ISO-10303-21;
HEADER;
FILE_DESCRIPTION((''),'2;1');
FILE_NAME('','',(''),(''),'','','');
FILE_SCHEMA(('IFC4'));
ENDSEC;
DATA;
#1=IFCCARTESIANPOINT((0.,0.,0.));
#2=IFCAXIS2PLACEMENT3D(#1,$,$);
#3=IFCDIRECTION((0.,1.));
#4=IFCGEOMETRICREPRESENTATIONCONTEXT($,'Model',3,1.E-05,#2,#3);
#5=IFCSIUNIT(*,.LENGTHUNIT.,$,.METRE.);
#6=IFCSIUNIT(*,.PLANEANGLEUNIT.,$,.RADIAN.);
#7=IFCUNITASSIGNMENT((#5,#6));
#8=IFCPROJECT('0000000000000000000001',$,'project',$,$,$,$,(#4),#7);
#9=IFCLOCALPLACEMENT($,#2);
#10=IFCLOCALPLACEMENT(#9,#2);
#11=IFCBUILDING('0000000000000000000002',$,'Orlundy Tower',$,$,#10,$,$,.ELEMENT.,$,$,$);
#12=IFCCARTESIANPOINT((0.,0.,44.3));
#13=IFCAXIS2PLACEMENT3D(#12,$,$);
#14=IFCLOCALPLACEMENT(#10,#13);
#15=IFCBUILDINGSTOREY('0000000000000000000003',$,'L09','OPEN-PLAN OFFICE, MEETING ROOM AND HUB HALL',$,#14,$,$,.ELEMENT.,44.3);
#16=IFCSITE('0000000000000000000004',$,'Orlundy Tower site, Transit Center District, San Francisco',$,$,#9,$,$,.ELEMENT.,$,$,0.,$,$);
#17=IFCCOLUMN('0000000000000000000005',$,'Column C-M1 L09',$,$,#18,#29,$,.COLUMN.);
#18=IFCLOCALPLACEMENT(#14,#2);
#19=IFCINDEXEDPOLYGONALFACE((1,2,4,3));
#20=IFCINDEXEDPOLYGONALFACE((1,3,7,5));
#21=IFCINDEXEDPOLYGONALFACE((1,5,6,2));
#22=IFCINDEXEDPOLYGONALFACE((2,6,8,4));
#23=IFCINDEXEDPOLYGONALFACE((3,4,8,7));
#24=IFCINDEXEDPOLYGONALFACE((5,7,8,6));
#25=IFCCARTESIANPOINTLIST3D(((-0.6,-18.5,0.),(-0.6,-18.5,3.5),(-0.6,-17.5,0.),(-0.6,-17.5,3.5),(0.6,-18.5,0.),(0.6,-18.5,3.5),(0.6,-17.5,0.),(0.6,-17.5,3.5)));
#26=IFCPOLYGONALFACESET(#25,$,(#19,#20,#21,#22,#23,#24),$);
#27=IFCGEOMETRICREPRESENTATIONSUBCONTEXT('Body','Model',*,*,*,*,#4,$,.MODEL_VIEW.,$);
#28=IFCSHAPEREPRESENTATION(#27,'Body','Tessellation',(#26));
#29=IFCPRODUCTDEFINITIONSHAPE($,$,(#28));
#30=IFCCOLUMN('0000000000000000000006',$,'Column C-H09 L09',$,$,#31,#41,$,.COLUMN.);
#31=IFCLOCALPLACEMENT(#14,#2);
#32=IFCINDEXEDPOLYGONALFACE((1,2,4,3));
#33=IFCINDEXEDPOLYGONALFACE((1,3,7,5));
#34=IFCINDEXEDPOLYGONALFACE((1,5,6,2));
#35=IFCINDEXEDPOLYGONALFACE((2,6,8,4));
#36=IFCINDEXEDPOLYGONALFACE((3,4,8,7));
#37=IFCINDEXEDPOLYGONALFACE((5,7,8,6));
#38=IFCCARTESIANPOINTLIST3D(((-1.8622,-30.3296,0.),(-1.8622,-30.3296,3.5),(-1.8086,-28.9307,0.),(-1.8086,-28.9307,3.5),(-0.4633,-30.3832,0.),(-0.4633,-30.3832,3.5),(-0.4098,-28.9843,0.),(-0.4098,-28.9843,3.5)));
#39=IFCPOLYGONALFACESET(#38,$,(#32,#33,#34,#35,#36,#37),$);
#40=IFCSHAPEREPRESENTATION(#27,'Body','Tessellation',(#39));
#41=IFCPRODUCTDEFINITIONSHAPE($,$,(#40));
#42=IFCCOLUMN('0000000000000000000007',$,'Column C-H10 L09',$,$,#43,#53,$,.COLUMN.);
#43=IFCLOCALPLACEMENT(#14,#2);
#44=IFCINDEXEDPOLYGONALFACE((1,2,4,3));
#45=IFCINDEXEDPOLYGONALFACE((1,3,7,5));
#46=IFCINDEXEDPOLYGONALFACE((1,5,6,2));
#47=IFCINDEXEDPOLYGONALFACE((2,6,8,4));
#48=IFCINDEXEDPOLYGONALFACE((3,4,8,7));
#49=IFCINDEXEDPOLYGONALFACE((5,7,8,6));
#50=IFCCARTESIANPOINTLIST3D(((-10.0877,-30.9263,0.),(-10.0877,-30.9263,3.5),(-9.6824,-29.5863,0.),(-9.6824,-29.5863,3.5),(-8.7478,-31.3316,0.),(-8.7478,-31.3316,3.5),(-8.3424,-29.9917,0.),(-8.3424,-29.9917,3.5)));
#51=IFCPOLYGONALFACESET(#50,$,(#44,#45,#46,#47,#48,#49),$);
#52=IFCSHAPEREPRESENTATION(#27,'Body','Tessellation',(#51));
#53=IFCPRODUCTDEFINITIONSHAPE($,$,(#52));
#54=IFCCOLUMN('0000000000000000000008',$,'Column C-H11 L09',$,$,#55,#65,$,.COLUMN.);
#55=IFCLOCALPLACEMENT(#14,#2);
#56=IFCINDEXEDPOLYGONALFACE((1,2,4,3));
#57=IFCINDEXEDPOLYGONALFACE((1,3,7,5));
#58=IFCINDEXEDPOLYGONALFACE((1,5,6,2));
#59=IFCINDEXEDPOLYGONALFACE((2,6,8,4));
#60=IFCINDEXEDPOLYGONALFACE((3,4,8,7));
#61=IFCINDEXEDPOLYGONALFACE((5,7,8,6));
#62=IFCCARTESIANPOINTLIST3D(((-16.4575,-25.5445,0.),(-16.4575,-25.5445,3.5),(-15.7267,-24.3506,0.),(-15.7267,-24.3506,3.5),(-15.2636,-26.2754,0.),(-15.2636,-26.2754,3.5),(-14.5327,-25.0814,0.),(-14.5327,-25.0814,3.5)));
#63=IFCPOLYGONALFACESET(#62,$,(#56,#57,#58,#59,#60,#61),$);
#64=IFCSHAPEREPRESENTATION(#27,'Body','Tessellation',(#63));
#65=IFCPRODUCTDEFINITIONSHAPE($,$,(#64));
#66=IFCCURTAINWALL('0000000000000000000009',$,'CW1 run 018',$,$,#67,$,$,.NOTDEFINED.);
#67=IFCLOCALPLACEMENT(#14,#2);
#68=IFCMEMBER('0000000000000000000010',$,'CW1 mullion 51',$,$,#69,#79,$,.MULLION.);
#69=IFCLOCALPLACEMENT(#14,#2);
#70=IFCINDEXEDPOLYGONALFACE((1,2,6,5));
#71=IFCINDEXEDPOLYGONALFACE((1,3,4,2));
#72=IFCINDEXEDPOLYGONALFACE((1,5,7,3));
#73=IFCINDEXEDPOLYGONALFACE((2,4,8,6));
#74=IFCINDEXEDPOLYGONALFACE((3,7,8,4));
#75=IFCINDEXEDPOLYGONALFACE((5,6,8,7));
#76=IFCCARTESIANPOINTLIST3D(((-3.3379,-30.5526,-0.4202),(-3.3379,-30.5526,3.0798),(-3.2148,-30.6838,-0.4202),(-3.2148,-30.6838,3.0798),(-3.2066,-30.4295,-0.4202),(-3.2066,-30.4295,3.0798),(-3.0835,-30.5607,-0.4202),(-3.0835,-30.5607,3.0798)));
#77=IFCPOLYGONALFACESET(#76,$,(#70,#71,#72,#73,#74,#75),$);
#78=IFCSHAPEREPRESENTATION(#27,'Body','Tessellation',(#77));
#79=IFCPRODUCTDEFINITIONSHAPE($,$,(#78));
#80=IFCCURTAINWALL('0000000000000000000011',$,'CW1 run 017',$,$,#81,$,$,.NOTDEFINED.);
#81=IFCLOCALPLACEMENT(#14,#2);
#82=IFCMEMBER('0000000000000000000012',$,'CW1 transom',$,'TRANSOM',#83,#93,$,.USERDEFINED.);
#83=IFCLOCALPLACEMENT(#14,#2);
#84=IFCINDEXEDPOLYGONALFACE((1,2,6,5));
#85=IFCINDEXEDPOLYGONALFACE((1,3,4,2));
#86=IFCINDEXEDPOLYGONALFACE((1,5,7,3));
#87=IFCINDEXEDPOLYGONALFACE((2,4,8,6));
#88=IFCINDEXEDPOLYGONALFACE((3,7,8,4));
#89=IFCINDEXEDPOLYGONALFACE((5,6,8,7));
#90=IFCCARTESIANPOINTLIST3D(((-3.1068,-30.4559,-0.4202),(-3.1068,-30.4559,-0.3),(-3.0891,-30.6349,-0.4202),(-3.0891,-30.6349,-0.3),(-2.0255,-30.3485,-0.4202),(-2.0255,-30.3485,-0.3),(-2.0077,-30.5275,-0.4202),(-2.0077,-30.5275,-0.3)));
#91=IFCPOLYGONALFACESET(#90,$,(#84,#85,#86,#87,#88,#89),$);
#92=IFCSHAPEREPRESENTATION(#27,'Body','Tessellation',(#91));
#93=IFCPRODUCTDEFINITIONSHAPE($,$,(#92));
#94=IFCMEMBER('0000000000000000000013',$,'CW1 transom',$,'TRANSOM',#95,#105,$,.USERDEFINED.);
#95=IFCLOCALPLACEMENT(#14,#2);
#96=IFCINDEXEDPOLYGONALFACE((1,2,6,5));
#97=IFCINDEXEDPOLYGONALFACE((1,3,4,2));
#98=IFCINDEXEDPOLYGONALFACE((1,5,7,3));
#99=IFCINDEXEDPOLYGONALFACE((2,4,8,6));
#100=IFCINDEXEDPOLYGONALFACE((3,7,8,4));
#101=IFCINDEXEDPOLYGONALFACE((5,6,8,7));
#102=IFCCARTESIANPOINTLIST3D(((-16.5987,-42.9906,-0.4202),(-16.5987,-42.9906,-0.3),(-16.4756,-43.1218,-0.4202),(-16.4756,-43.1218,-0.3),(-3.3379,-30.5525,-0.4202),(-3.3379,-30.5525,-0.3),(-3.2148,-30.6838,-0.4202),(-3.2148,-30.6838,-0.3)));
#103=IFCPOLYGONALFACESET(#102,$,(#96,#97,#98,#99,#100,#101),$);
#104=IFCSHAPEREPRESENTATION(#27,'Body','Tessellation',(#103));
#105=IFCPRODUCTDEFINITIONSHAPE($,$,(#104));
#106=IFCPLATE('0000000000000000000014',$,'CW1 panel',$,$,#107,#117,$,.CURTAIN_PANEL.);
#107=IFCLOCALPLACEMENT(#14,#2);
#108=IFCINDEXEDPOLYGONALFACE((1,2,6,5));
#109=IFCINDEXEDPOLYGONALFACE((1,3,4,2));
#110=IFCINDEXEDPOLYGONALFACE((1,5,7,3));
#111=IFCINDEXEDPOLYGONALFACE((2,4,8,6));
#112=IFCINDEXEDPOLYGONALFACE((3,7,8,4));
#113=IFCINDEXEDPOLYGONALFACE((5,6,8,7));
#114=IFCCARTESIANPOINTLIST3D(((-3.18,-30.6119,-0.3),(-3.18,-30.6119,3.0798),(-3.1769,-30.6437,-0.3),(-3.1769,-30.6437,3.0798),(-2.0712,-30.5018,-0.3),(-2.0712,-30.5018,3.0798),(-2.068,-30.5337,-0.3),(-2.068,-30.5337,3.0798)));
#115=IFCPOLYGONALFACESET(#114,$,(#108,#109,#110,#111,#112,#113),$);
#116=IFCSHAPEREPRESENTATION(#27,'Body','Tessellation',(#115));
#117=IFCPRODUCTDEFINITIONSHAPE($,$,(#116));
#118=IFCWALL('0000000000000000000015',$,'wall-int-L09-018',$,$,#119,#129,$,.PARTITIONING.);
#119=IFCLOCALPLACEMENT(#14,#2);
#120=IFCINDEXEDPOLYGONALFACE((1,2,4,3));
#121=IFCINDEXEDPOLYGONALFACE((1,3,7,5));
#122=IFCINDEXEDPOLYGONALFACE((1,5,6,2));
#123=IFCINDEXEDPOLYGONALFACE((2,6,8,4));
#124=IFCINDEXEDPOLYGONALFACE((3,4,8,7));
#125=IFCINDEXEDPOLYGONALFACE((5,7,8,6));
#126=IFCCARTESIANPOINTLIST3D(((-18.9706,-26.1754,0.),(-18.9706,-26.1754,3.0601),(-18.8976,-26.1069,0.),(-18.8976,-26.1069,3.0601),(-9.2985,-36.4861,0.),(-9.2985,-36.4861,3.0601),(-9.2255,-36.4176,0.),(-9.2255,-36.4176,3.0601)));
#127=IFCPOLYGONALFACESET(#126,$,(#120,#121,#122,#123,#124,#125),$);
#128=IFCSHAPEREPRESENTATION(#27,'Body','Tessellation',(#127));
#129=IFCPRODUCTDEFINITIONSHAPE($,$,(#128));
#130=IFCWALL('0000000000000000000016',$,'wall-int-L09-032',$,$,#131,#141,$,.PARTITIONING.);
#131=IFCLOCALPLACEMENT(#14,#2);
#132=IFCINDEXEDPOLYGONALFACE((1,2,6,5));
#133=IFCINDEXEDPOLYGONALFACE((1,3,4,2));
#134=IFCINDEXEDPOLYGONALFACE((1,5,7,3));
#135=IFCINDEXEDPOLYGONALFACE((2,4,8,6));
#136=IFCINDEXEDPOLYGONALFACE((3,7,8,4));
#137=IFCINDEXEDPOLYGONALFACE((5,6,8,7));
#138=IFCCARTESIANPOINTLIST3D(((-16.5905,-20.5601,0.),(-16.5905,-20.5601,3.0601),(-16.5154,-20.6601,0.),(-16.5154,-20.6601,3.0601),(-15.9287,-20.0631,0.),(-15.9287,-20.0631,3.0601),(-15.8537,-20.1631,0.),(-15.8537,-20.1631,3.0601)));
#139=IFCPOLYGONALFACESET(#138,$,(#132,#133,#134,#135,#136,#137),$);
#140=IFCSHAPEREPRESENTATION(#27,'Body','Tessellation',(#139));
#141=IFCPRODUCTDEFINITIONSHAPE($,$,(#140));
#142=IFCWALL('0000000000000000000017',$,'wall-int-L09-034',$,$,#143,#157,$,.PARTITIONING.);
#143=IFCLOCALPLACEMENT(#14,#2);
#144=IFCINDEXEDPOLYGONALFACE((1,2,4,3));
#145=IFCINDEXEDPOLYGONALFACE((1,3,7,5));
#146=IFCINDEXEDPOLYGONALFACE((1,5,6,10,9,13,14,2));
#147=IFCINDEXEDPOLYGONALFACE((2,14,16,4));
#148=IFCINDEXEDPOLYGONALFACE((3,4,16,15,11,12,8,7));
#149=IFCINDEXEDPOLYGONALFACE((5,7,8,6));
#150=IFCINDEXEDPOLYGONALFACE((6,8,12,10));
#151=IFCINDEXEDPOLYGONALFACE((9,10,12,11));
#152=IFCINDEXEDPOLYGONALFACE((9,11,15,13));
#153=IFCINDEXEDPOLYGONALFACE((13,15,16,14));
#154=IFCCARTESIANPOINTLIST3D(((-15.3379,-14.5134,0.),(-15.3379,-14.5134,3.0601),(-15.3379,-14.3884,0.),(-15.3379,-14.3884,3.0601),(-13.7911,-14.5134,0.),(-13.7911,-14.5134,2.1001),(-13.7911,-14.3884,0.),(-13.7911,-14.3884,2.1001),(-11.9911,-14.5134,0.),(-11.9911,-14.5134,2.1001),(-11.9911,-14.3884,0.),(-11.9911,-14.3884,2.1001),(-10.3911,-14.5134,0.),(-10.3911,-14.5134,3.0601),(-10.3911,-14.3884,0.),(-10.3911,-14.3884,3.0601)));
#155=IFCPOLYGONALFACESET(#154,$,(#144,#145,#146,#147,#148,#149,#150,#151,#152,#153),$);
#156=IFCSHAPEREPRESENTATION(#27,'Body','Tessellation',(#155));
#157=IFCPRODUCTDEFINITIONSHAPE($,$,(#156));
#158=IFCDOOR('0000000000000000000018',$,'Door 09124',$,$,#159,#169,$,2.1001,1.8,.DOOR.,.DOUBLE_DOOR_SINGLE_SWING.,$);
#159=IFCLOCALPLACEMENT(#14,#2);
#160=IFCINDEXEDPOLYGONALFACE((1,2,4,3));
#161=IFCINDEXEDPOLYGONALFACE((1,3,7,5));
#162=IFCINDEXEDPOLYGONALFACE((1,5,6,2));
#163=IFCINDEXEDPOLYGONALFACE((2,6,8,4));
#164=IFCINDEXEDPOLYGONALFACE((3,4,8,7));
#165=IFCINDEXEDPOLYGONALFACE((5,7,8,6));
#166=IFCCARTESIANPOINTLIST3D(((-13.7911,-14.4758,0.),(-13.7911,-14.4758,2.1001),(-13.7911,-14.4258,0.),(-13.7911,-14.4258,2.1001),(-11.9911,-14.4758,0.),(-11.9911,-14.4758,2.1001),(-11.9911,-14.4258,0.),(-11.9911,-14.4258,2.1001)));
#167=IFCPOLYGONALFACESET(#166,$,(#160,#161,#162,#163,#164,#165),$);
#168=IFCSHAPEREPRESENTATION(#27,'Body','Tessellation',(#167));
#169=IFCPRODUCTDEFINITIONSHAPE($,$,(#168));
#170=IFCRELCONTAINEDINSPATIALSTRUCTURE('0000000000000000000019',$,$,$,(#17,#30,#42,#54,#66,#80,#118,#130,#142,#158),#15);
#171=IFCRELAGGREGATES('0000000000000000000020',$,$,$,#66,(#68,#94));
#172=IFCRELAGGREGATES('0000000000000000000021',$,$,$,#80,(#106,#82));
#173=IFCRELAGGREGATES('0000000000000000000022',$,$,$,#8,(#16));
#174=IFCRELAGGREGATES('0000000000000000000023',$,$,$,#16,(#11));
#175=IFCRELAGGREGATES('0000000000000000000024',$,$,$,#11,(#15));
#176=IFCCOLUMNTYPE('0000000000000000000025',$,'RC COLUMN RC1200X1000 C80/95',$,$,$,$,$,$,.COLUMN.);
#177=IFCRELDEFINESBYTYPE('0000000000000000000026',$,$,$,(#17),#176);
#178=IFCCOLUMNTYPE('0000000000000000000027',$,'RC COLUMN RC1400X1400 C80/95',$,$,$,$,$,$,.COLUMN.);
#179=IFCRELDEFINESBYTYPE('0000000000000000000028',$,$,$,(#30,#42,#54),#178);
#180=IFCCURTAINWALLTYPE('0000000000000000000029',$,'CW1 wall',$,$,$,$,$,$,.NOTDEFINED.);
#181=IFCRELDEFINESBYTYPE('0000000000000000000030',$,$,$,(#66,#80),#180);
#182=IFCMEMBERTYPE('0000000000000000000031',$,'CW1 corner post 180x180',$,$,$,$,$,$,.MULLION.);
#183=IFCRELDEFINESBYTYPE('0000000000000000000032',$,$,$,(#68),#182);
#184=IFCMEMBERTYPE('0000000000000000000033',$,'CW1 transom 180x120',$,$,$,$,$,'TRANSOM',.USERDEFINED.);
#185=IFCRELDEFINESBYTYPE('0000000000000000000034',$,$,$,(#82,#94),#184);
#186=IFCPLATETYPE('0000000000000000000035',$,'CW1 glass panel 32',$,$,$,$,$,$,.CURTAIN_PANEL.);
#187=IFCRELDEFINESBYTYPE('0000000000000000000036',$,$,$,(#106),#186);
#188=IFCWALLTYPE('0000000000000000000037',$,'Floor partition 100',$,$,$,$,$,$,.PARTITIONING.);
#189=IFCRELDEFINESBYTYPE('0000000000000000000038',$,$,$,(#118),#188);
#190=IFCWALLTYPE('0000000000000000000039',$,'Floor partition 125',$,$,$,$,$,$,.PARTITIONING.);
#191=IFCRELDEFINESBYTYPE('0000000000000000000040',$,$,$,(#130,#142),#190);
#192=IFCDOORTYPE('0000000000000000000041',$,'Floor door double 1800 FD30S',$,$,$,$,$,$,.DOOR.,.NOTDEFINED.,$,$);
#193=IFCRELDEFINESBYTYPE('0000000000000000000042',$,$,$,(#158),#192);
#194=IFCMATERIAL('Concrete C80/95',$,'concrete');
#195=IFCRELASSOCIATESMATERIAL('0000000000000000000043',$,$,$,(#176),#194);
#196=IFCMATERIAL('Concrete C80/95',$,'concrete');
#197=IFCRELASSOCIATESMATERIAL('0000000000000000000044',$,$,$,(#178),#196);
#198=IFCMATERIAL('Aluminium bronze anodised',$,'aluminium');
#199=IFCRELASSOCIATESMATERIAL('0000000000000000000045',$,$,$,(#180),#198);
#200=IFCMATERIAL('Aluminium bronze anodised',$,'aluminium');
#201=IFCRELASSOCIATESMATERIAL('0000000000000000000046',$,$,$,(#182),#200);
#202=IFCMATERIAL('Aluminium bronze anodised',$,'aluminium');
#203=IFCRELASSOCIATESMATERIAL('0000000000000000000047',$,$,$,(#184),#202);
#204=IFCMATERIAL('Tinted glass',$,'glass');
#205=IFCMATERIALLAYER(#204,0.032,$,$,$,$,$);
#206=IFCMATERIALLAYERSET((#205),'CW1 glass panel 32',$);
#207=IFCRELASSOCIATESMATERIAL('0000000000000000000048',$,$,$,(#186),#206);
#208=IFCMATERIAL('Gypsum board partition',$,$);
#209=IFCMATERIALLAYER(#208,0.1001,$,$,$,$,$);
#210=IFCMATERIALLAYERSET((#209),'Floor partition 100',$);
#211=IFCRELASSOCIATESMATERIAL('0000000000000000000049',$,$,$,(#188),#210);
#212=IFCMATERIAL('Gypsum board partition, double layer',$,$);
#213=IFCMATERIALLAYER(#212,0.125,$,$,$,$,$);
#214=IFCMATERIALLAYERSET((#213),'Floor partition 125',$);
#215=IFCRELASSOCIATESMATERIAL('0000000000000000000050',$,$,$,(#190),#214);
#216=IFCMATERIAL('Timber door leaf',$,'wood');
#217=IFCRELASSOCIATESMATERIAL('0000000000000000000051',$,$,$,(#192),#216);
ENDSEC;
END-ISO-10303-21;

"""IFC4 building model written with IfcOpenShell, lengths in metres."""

from ifc_helpers import new_model, si_unit, direction, frame, frame_2d, origin, origin_2d, place, context, subcontext, project, spatial, rectangle, extrude, material, layer, layer_set, material_profile, profile_set, type_object, element, fill, aggregate, save


model = new_model("IFC4")

# Units and contexts
model_context = context("Model", 3, precision=1e-05, world=origin(), true_north=direction((0.0, 1.0)))
body_context = subcontext(model_context, "Body", "Model", "MODEL_VIEW")
ifc_project = project(units=[si_unit("LENGTHUNIT", "METRE"), si_unit("PLANEANGLEUNIT", "RADIAN")], contexts=[model_context])

# Site, building, storey
site_placement = place(None, origin())
site = spatial("IfcSite", under=ifc_project, at=site_placement, Name="Orlundy Tower site, Transit Center District, San Francisco", CompositionType="ELEMENT", RefElevation=0.0)
building_placement = place(site_placement, origin())
building = spatial("IfcBuilding", under=site, at=building_placement, Name="Orlundy Tower", CompositionType="ELEMENT")
storey_placement = place(building_placement, frame((0.0, 0.0, 44.3)))
storey = spatial("IfcBuildingStorey", under=building, at=storey_placement, Name="L09", Description="OPEN-PLAN OFFICE, MEETING ROOM AND HUB HALL", CompositionType="ELEMENT", Elevation=44.3)

# Columns
ifc_material_1 = material(Name="Concrete C80/95", Category="concrete")
ifc_material_profile_1 = material_profile(ifc_material_1, rectangle(XDim=1.2, YDim=1.0, at=origin_2d()), Name="RC1200X1000")
ifc_profile_set_1 = profile_set([ifc_material_profile_1], Name="Concrete C80/95")
column_type_1 = type_object("IfcColumnType", Name="RC COLUMN RC1200X1000 C80/95", PredefinedType="COLUMN", material=ifc_profile_set_1)
column_placement = place(storey_placement, frame((0.0, -18.0, 0.0), z_axis=(0.0, 0.0, 1.0), x_axis=(1.0, 0.0, 0.0)))
element("IfcColumn", 1, at=column_placement, inside=storey, type_object=column_type_1, Name="Column C-M1 L09", PredefinedType="COLUMN", context=body_context, shape_type="SweptSolid", body=[
    extrude(rectangle(XDim=1.2, YDim=1.0, at=origin_2d()), origin(), (0.0, 0.0, 1.0), 3.5),
])
ifc_material_2 = material(Name="Concrete C80/95", Category="concrete")
ifc_material_profile_2 = material_profile(ifc_material_2, rectangle(XDim=1.3999, YDim=1.3999, at=origin_2d()), Name="RC1400X1400")
ifc_profile_set_2 = profile_set([ifc_material_profile_2], Name="Concrete C80/95")
column_type_2 = type_object("IfcColumnType", Name="RC COLUMN RC1400X1400 C80/95", PredefinedType="COLUMN", material=ifc_profile_set_2)
for number, where, z_axis, x_axis, name in (
    (2, (-1.136, -29.657, 0.0), (0.0, 0.0, 1.0), (-0.038283, -0.999267, 0.0), "Column C-H09 L09"),
    (3, (-9.2151, -30.459, 0.0), (0.0, 0.0, 1.0), (-0.289583, -0.957153, 0.0), "Column C-H10 L09"),
    (4, (-15.4951, -25.313, 0.0), (0.0, 0.0, 1.0), (-0.522082, -0.852895, 0.0), "Column C-H11 L09"),
):
    element("IfcColumn", number, at=place(storey_placement, frame(where, z_axis=z_axis, x_axis=x_axis)), inside=storey, type_object=column_type_2, Name=name, PredefinedType="COLUMN", context=body_context, shape_type="SweptSolid", body=[
        extrude(rectangle(XDim=1.3999, YDim=1.3999, at=origin_2d()), origin(), (0.0, 0.0, 1.0), 3.5),
    ])

# Curtain walls, members
ifc_material_3 = material(Name="Aluminium bronze anodised", Category="aluminium")
curtain_wall_type = type_object("IfcCurtainWallType", Name="CW1 wall", PredefinedType="NOTDEFINED", material=ifc_material_3)
curtain_wall_1_placement = place(storey_placement, origin())
curtain_wall_1 = element("IfcCurtainWall", 5, at=curtain_wall_1_placement, inside=storey, type_object=curtain_wall_type, Name="CW1 run 018", PredefinedType="NOTDEFINED")
ifc_material_4 = material(Name="Aluminium bronze anodised", Category="aluminium")
ifc_material_profile_3 = material_profile(ifc_material_4, rectangle(XDim=0.1799, YDim=0.1799, at=origin_2d()), Name="CW1 corner post 180x180")
ifc_profile_set_3 = profile_set([ifc_material_profile_3], Name="Aluminium bronze anodised")
member_type_1 = type_object("IfcMemberType", Name="CW1 corner post 180x180", PredefinedType="MULLION", material=ifc_profile_set_3)
member_1_placement = place(storey_placement, frame((-3.2107, -30.5566, -0.4202), z_axis=(0.0, 0.0, 1.0), x_axis=(0.684124, -0.729365, 0.0)))
member_1 = element("IfcMember", 6, at=member_1_placement, type_object=member_type_1, Name="CW1 mullion 51", PredefinedType="MULLION", context=body_context, shape_type="SweptSolid", body=[
    extrude(rectangle(XDim=0.1799, YDim=0.1799, at=origin_2d()), origin(), (0.0, 0.0, 1.0), 3.5),
])
curtain_wall_2_placement = place(storey_placement, origin())
curtain_wall_2 = element("IfcCurtainWall", 7, at=curtain_wall_2_placement, inside=storey, type_object=curtain_wall_type, Name="CW1 run 017", PredefinedType="NOTDEFINED")
ifc_material_5 = material(Name="Aluminium bronze anodised", Category="aluminium")
ifc_material_profile_4 = material_profile(ifc_material_5, rectangle(XDim=0.1799, YDim=0.1201, at=origin_2d()), Name="CW1 transom 180x120")
ifc_profile_set_4 = profile_set([ifc_material_profile_4], Name="Aluminium bronze anodised")
member_type_2 = type_object("IfcMemberType", Name="CW1 transom 180x120", ElementType="TRANSOM", PredefinedType="USERDEFINED", material=ifc_profile_set_4)
member_2_placement = place(storey_placement, frame((-2.0166, -30.438, -0.3601), z_axis=(-0.995101, -0.098859, 0.0), x_axis=(0.098859, -0.995101, 0.0)))
member_2 = element("IfcMember", 8, at=member_2_placement, type_object=member_type_2, Name="CW1 transom", ObjectType="TRANSOM", PredefinedType="USERDEFINED", context=body_context, shape_type="SweptSolid", body=[
    extrude(rectangle(XDim=0.1799, YDim=0.1201, at=origin_2d()), origin(), (0.0, 0.0, 1.0), 1.0867),
])

# Member
member_3_placement = place(storey_placement, frame((-3.2764, -30.6182, -0.3601), z_axis=(-0.729371, -0.684118, 0.0), x_axis=(0.684118, -0.729371, 0.0)))
member_3 = element("IfcMember", 9, at=member_3_placement, type_object=member_type_2, Name="CW1 transom", ObjectType="TRANSOM", PredefinedType="USERDEFINED", context=body_context, shape_type="SweptSolid", body=[
    extrude(rectangle(XDim=0.1799, YDim=0.1201, at=origin_2d()), origin(), (0.0, 0.0, 1.0), 18.1812),
])
aggregate(curtain_wall_1, [member_1, member_3])

# Plate
ifc_material_6 = material(Name="Tinted glass", Category="glass")
ifc_layer_1 = layer(ifc_material_6, 0.032)
ifc_layer_set_1 = layer_set([ifc_layer_1], Name="CW1 glass panel 32")
plate_type = type_object("IfcPlateType", Name="CW1 glass panel 32", PredefinedType="CURTAIN_PANEL", material=ifc_layer_set_1)
plate_placement = place(storey_placement, frame((-2.624, -30.5728, -0.3), z_axis=(0.0, 0.0, 1.0), x_axis=(-0.995112, -0.09875, 0.0)))
plate = element("IfcPlate", 10, at=plate_placement, type_object=plate_type, Name="CW1 panel", PredefinedType="CURTAIN_PANEL", context=body_context, shape_type="SweptSolid", body=[
    extrude(rectangle(XDim=1.1143, YDim=0.032, at=origin_2d()), origin(), (0.0, 0.0, 1.0), 3.3799),
])
aggregate(curtain_wall_2, [plate, member_2])

# Walls
ifc_material_7 = material(Name="Gypsum board partition")
ifc_layer_2 = layer(ifc_material_7, 0.1001)
ifc_layer_set_2 = layer_set([ifc_layer_2], Name="Floor partition 100")
wall_type_1 = type_object("IfcWallType", Name="Floor partition 100", PredefinedType="PARTITIONING", material=ifc_layer_set_2)
wall_1_placement = place(storey_placement, frame((-18.9341, -26.1411, 0.0), z_axis=(0.0, 0.0, 1.0), x_axis=(0.684158, -0.729334, 0.0)))
element("IfcWall", 11, at=wall_1_placement, inside=storey, type_object=wall_type_1, Name="wall-int-L09-018", PredefinedType="PARTITIONING", context=body_context, shape_type="SweptSolid", body=[
    extrude(rectangle(XDim=14.1372, YDim=0.1001, at=frame_2d((7.0686, 0.0))), origin(), (0.0, 0.0, 1.0), 3.0601),
])
ifc_material_8 = material(Name="Gypsum board partition, double layer")
ifc_layer_3 = layer(ifc_material_8, 0.125)
ifc_layer_set_3 = layer_set([ifc_layer_3], Name="Floor partition 125")
wall_type_2 = type_object("IfcWallType", Name="Floor partition 125", PredefinedType="PARTITIONING", material=ifc_layer_set_3)
wall_2_placement = place(storey_placement, frame((-16.553, -20.6101, 0.0), z_axis=(0.0, 0.0, 1.0), x_axis=(0.79961, 0.600519, 0.0)))
element("IfcWall", 12, at=wall_2_placement, inside=storey, type_object=wall_type_2, Name="wall-int-L09-032", PredefinedType="PARTITIONING", context=body_context, shape_type="SweptSolid", body=[
    extrude(rectangle(XDim=0.8276, YDim=0.125, at=frame_2d((0.4138, 0.0))), origin(), (0.0, 0.0, 1.0), 3.0601),
])

# Wall, opening, door
wall_3_placement = place(storey_placement, frame((-10.3911, -14.4509, 0.0), z_axis=(0.0, 0.0, 1.0), x_axis=(-1.0, 0.0, 0.0)))
wall_3 = element("IfcWall", 13, at=wall_3_placement, inside=storey, type_object=wall_type_2, Name="wall-int-L09-034", PredefinedType="PARTITIONING", context=body_context, shape_type="SweptSolid", body=[
    extrude(rectangle(XDim=4.9468, YDim=0.125, at=frame_2d((2.4734, 0.0))), origin(), (0.0, 0.0, 1.0), 3.0601),
])
opening_1_placement = place(wall_3_placement, frame((1.6001, 0.0, 0.0)))
opening_1 = element("IfcOpeningElement", 14, at=opening_1_placement, cuts=wall_3, PredefinedType="OPENING", context=body_context, shape_type="SweptSolid", body=[
    extrude(rectangle(XDim=1.8, YDim=2.1001, at=frame_2d((0.8999, 1.05))), frame((0.0, 0.0725, 0.0), z_axis=(0.0, -1.0, 0.0), x_axis=(1.0, 0.0, 0.0)), (0.0, 0.0, 1.0), 0.145),
])
ifc_material_9 = material(Name="Timber door leaf", Category="wood")
door_type_1 = type_object("IfcDoorType", Name="Floor door double 1800 FD30S", OperationType="NOTDEFINED", PredefinedType="DOOR", material=ifc_material_9)
door_1_placement = place(opening_1_placement, origin())
door_1 = element("IfcDoor", 15, at=door_1_placement, inside=storey, type_object=door_type_1, Name="Door 09124", OperationType="DOUBLE_DOOR_SINGLE_SWING", OverallHeight=2.1001, OverallWidth=1.8, PredefinedType="DOOR", context=body_context, shape_type="SweptSolid", body=[
    extrude(rectangle(XDim=1.8, YDim=2.1001, at=frame_2d((0.8999, 1.05))), frame((0.0, 0.0249, 0.0), z_axis=(0.0, -1.0, 0.0), x_axis=(1.0, 0.0, 0.0)), (0.0, 0.0, 1.0), 0.05),
])
fill(opening_1, door_1)

save(model, "model.ifc")
